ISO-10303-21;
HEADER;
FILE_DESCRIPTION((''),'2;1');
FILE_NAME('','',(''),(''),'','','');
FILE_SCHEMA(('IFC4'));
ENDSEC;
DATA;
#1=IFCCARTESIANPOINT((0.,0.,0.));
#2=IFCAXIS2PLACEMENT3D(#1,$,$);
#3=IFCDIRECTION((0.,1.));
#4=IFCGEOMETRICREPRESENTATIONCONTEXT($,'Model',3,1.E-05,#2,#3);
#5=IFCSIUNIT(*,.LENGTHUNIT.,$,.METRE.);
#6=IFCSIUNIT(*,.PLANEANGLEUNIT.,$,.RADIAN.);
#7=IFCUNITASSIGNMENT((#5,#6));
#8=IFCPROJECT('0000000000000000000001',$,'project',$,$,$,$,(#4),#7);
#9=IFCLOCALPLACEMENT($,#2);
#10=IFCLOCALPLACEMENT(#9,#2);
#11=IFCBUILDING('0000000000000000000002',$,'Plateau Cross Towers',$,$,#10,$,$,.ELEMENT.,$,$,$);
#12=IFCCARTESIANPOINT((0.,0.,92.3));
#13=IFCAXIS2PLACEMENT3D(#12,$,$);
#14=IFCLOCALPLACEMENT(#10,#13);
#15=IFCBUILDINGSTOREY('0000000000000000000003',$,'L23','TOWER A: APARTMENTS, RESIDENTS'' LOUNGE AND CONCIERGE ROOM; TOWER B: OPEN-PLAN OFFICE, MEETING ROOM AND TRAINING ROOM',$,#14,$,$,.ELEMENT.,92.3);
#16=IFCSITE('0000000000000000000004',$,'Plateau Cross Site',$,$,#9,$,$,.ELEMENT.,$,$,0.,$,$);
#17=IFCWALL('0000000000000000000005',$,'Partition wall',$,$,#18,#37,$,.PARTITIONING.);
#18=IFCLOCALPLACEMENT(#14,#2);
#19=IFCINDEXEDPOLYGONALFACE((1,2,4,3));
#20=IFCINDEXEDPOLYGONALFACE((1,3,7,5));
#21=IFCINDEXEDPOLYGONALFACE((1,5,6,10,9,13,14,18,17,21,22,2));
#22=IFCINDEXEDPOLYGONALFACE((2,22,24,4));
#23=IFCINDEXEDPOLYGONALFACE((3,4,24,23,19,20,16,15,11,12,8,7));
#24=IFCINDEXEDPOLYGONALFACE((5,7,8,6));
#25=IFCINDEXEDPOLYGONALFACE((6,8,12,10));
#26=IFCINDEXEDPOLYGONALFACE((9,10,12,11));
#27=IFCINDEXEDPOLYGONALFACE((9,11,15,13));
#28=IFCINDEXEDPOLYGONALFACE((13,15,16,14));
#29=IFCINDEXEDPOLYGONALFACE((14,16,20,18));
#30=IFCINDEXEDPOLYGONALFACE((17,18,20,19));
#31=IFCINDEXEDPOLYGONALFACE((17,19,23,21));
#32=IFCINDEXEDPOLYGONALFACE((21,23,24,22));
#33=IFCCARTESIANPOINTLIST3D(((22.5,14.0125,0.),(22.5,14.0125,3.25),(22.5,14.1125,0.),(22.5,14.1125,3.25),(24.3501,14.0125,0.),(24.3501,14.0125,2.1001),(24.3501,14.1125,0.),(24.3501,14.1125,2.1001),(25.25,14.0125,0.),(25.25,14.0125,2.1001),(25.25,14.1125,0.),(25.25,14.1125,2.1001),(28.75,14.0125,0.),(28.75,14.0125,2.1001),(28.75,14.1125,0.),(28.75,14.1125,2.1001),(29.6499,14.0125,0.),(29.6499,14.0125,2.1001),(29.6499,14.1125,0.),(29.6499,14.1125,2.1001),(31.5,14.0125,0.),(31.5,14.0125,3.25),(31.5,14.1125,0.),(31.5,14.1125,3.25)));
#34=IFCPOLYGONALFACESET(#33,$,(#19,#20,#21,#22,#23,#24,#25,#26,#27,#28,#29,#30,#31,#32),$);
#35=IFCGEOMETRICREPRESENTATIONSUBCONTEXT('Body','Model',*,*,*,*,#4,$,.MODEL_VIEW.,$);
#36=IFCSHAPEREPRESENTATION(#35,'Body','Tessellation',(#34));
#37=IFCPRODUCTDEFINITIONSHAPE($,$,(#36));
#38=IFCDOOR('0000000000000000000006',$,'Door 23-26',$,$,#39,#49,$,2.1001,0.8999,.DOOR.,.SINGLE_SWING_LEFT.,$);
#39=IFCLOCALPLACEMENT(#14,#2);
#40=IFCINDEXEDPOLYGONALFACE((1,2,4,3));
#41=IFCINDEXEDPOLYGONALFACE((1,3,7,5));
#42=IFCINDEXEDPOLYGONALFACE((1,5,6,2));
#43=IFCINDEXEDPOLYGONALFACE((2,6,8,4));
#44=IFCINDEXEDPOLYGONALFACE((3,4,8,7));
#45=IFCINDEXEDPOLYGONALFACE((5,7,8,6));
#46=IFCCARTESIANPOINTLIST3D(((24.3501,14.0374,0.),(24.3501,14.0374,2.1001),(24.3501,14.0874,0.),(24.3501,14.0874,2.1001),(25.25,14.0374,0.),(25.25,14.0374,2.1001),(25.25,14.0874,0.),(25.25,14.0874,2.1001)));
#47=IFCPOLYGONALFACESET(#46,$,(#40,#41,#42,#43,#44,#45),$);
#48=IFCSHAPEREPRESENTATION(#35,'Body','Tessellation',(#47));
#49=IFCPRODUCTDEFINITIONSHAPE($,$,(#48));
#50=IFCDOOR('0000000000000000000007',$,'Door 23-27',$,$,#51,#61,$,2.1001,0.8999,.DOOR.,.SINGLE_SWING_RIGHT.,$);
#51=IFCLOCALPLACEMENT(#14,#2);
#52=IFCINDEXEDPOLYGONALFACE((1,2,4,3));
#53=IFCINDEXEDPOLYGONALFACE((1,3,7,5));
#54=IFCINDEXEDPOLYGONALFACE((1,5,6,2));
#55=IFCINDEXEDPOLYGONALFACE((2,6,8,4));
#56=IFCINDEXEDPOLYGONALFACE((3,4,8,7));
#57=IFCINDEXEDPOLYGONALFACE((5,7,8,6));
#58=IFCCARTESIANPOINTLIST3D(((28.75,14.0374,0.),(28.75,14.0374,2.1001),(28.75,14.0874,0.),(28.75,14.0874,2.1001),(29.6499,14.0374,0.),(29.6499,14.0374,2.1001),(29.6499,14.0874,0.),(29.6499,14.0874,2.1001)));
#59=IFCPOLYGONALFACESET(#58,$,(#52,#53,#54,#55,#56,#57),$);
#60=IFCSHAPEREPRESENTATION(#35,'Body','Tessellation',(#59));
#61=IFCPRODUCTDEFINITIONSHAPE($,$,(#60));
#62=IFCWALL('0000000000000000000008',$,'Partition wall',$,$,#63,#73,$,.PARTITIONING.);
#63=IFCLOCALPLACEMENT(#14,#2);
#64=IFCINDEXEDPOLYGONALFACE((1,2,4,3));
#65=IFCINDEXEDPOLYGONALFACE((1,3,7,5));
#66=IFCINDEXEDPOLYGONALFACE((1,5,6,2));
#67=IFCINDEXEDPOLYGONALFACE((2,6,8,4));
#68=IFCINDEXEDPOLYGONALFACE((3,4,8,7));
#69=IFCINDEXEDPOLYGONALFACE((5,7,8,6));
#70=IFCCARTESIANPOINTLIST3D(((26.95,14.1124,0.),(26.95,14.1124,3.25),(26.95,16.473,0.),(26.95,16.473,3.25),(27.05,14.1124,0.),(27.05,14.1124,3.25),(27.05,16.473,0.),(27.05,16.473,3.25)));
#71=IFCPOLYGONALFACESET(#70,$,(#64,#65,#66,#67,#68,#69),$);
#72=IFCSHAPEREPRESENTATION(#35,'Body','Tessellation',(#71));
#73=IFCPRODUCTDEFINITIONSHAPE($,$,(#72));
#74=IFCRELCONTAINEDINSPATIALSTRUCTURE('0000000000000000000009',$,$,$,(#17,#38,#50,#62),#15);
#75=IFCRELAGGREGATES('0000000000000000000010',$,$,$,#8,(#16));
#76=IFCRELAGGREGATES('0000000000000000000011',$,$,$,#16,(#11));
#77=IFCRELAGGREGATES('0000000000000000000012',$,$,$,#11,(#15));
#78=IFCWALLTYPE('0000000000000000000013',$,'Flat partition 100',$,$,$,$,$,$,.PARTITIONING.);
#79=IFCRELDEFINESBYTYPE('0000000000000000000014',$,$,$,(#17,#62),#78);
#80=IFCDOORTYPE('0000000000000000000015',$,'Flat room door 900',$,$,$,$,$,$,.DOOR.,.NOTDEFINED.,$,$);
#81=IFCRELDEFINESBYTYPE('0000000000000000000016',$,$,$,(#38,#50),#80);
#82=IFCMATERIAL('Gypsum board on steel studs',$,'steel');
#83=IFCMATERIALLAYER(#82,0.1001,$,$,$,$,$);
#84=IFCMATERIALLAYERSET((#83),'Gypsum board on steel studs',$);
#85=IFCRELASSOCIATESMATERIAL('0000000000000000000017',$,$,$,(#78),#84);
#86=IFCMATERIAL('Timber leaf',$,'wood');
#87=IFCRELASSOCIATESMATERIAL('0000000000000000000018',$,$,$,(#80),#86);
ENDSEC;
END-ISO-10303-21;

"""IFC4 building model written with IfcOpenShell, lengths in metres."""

from ifc_helpers import new_model, si_unit, direction, frame, frame_2d, origin, place, context, subcontext, project, spatial, rectangle, extrude, material, layer, layer_set, type_object, element, fill, save


model = new_model("IFC4")

# Units and contexts
model_context = context("Model", 3, precision=1e-05, world=origin(), true_north=direction((0.0, 1.0)))
body_context = subcontext(model_context, "Body", "Model", "MODEL_VIEW")
ifc_project = project(units=[si_unit("LENGTHUNIT", "METRE"), si_unit("PLANEANGLEUNIT", "RADIAN")], contexts=[model_context])

# Site, building, storey
site_placement = place(None, origin())
site = spatial("IfcSite", under=ifc_project, at=site_placement, Name="Plateau Cross Site", CompositionType="ELEMENT", RefElevation=0.0)
building_placement = place(site_placement, origin())
building = spatial("IfcBuilding", under=site, at=building_placement, Name="Plateau Cross Towers", CompositionType="ELEMENT")
storey_placement = place(building_placement, frame((0.0, 0.0, 92.3)))
storey = spatial("IfcBuildingStorey", under=building, at=storey_placement, Name="L23", Description="TOWER A: APARTMENTS, RESIDENTS' LOUNGE AND CONCIERGE ROOM; TOWER B: OPEN-PLAN OFFICE, MEETING ROOM AND TRAINING ROOM", CompositionType="ELEMENT", Elevation=92.3)

# Wall, openings, doors
ifc_material_1 = material(Name="Gypsum board on steel studs", Category="steel")
ifc_layer_1 = layer(ifc_material_1, 0.1001)
ifc_layer_set_1 = layer_set([ifc_layer_1], Name="Gypsum board on steel studs")
wall_type_1 = type_object("IfcWallType", Name="Flat partition 100", PredefinedType="PARTITIONING", material=ifc_layer_set_1)
wall_1_placement = place(storey_placement, frame((22.5, 14.0625, 0.0), z_axis=(0.0, 0.0, 1.0), x_axis=(1.0, 0.0, 0.0)))
wall_1 = element("IfcWall", 1, at=wall_1_placement, inside=storey, type_object=wall_type_1, Name="Partition wall", PredefinedType="PARTITIONING", context=body_context, shape_type="SweptSolid", body=[
    extrude(rectangle(XDim=9.0, YDim=0.1001, at=frame_2d((4.5, 0.0))), origin(), (0.0, 0.0, 1.0), 3.25),
])
opening_1_placement = place(wall_1_placement, frame((1.8501, 0.0, 0.0)))
opening_1 = element("IfcOpeningElement", 2, at=opening_1_placement, cuts=wall_1, PredefinedType="OPENING", context=body_context, shape_type="SweptSolid", body=[
    extrude(rectangle(XDim=0.8999, YDim=2.1001, at=frame_2d((0.45, 1.05))), frame((0.0, 0.0601, 0.0), z_axis=(0.0, -1.0, 0.0), x_axis=(1.0, 0.0, 0.0)), (0.0, 0.0, 1.0), 0.1201),
])
opening_2_placement = place(wall_1_placement, frame((6.25, 0.0, 0.0)))
opening_2 = element("IfcOpeningElement", 3, at=opening_2_placement, cuts=wall_1, PredefinedType="OPENING", context=body_context, shape_type="SweptSolid", body=[
    extrude(rectangle(XDim=0.8999, YDim=2.1001, at=frame_2d((0.45, 1.05))), frame((0.0, 0.0601, 0.0), z_axis=(0.0, -1.0, 0.0), x_axis=(1.0, 0.0, 0.0)), (0.0, 0.0, 1.0), 0.1201),
])
ifc_material_2 = material(Name="Timber leaf", Category="wood")
door_type_1 = type_object("IfcDoorType", Name="Flat room door 900", OperationType="NOTDEFINED", PredefinedType="DOOR", material=ifc_material_2)
door_1_placement = place(opening_1_placement, origin())
door_1 = element("IfcDoor", 4, at=door_1_placement, inside=storey, type_object=door_type_1, Name="Door 23-26", OperationType="SINGLE_SWING_LEFT", OverallHeight=2.1001, OverallWidth=0.8999, PredefinedType="DOOR", context=body_context, shape_type="SweptSolid", body=[
    extrude(rectangle(XDim=0.8999, YDim=2.1001, at=frame_2d((0.45, 1.05))), frame((0.0, 0.0249, 0.0), z_axis=(0.0, -1.0, 0.0), x_axis=(1.0, 0.0, 0.0)), (0.0, 0.0, 1.0), 0.05),
])
fill(opening_1, door_1)
door_2_placement = place(opening_2_placement, origin())
door_2 = element("IfcDoor", 5, at=door_2_placement, inside=storey, type_object=door_type_1, Name="Door 23-27", OperationType="SINGLE_SWING_RIGHT", OverallHeight=2.1001, OverallWidth=0.8999, PredefinedType="DOOR", context=body_context, shape_type="SweptSolid", body=[
    extrude(rectangle(XDim=0.8999, YDim=2.1001, at=frame_2d((0.45, 1.05))), frame((0.0, 0.0249, 0.0), z_axis=(0.0, -1.0, 0.0), x_axis=(1.0, 0.0, 0.0)), (0.0, 0.0, 1.0), 0.05),
])
fill(opening_2, door_2)

# Wall
wall_2_placement = place(storey_placement, frame((27.0, 14.1125, 0.0), z_axis=(0.0, 0.0, 1.0), x_axis=(0.0, 1.0, 0.0)))
element("IfcWall", 6, at=wall_2_placement, inside=storey, type_object=wall_type_1, Name="Partition wall", PredefinedType="PARTITIONING", context=body_context, shape_type="SweptSolid", body=[
    extrude(rectangle(XDim=2.3606, YDim=0.1001, at=frame_2d((1.1802, 0.0))), origin(), (0.0, 0.0, 1.0), 3.25),
])

save(model, "model.ifc")
